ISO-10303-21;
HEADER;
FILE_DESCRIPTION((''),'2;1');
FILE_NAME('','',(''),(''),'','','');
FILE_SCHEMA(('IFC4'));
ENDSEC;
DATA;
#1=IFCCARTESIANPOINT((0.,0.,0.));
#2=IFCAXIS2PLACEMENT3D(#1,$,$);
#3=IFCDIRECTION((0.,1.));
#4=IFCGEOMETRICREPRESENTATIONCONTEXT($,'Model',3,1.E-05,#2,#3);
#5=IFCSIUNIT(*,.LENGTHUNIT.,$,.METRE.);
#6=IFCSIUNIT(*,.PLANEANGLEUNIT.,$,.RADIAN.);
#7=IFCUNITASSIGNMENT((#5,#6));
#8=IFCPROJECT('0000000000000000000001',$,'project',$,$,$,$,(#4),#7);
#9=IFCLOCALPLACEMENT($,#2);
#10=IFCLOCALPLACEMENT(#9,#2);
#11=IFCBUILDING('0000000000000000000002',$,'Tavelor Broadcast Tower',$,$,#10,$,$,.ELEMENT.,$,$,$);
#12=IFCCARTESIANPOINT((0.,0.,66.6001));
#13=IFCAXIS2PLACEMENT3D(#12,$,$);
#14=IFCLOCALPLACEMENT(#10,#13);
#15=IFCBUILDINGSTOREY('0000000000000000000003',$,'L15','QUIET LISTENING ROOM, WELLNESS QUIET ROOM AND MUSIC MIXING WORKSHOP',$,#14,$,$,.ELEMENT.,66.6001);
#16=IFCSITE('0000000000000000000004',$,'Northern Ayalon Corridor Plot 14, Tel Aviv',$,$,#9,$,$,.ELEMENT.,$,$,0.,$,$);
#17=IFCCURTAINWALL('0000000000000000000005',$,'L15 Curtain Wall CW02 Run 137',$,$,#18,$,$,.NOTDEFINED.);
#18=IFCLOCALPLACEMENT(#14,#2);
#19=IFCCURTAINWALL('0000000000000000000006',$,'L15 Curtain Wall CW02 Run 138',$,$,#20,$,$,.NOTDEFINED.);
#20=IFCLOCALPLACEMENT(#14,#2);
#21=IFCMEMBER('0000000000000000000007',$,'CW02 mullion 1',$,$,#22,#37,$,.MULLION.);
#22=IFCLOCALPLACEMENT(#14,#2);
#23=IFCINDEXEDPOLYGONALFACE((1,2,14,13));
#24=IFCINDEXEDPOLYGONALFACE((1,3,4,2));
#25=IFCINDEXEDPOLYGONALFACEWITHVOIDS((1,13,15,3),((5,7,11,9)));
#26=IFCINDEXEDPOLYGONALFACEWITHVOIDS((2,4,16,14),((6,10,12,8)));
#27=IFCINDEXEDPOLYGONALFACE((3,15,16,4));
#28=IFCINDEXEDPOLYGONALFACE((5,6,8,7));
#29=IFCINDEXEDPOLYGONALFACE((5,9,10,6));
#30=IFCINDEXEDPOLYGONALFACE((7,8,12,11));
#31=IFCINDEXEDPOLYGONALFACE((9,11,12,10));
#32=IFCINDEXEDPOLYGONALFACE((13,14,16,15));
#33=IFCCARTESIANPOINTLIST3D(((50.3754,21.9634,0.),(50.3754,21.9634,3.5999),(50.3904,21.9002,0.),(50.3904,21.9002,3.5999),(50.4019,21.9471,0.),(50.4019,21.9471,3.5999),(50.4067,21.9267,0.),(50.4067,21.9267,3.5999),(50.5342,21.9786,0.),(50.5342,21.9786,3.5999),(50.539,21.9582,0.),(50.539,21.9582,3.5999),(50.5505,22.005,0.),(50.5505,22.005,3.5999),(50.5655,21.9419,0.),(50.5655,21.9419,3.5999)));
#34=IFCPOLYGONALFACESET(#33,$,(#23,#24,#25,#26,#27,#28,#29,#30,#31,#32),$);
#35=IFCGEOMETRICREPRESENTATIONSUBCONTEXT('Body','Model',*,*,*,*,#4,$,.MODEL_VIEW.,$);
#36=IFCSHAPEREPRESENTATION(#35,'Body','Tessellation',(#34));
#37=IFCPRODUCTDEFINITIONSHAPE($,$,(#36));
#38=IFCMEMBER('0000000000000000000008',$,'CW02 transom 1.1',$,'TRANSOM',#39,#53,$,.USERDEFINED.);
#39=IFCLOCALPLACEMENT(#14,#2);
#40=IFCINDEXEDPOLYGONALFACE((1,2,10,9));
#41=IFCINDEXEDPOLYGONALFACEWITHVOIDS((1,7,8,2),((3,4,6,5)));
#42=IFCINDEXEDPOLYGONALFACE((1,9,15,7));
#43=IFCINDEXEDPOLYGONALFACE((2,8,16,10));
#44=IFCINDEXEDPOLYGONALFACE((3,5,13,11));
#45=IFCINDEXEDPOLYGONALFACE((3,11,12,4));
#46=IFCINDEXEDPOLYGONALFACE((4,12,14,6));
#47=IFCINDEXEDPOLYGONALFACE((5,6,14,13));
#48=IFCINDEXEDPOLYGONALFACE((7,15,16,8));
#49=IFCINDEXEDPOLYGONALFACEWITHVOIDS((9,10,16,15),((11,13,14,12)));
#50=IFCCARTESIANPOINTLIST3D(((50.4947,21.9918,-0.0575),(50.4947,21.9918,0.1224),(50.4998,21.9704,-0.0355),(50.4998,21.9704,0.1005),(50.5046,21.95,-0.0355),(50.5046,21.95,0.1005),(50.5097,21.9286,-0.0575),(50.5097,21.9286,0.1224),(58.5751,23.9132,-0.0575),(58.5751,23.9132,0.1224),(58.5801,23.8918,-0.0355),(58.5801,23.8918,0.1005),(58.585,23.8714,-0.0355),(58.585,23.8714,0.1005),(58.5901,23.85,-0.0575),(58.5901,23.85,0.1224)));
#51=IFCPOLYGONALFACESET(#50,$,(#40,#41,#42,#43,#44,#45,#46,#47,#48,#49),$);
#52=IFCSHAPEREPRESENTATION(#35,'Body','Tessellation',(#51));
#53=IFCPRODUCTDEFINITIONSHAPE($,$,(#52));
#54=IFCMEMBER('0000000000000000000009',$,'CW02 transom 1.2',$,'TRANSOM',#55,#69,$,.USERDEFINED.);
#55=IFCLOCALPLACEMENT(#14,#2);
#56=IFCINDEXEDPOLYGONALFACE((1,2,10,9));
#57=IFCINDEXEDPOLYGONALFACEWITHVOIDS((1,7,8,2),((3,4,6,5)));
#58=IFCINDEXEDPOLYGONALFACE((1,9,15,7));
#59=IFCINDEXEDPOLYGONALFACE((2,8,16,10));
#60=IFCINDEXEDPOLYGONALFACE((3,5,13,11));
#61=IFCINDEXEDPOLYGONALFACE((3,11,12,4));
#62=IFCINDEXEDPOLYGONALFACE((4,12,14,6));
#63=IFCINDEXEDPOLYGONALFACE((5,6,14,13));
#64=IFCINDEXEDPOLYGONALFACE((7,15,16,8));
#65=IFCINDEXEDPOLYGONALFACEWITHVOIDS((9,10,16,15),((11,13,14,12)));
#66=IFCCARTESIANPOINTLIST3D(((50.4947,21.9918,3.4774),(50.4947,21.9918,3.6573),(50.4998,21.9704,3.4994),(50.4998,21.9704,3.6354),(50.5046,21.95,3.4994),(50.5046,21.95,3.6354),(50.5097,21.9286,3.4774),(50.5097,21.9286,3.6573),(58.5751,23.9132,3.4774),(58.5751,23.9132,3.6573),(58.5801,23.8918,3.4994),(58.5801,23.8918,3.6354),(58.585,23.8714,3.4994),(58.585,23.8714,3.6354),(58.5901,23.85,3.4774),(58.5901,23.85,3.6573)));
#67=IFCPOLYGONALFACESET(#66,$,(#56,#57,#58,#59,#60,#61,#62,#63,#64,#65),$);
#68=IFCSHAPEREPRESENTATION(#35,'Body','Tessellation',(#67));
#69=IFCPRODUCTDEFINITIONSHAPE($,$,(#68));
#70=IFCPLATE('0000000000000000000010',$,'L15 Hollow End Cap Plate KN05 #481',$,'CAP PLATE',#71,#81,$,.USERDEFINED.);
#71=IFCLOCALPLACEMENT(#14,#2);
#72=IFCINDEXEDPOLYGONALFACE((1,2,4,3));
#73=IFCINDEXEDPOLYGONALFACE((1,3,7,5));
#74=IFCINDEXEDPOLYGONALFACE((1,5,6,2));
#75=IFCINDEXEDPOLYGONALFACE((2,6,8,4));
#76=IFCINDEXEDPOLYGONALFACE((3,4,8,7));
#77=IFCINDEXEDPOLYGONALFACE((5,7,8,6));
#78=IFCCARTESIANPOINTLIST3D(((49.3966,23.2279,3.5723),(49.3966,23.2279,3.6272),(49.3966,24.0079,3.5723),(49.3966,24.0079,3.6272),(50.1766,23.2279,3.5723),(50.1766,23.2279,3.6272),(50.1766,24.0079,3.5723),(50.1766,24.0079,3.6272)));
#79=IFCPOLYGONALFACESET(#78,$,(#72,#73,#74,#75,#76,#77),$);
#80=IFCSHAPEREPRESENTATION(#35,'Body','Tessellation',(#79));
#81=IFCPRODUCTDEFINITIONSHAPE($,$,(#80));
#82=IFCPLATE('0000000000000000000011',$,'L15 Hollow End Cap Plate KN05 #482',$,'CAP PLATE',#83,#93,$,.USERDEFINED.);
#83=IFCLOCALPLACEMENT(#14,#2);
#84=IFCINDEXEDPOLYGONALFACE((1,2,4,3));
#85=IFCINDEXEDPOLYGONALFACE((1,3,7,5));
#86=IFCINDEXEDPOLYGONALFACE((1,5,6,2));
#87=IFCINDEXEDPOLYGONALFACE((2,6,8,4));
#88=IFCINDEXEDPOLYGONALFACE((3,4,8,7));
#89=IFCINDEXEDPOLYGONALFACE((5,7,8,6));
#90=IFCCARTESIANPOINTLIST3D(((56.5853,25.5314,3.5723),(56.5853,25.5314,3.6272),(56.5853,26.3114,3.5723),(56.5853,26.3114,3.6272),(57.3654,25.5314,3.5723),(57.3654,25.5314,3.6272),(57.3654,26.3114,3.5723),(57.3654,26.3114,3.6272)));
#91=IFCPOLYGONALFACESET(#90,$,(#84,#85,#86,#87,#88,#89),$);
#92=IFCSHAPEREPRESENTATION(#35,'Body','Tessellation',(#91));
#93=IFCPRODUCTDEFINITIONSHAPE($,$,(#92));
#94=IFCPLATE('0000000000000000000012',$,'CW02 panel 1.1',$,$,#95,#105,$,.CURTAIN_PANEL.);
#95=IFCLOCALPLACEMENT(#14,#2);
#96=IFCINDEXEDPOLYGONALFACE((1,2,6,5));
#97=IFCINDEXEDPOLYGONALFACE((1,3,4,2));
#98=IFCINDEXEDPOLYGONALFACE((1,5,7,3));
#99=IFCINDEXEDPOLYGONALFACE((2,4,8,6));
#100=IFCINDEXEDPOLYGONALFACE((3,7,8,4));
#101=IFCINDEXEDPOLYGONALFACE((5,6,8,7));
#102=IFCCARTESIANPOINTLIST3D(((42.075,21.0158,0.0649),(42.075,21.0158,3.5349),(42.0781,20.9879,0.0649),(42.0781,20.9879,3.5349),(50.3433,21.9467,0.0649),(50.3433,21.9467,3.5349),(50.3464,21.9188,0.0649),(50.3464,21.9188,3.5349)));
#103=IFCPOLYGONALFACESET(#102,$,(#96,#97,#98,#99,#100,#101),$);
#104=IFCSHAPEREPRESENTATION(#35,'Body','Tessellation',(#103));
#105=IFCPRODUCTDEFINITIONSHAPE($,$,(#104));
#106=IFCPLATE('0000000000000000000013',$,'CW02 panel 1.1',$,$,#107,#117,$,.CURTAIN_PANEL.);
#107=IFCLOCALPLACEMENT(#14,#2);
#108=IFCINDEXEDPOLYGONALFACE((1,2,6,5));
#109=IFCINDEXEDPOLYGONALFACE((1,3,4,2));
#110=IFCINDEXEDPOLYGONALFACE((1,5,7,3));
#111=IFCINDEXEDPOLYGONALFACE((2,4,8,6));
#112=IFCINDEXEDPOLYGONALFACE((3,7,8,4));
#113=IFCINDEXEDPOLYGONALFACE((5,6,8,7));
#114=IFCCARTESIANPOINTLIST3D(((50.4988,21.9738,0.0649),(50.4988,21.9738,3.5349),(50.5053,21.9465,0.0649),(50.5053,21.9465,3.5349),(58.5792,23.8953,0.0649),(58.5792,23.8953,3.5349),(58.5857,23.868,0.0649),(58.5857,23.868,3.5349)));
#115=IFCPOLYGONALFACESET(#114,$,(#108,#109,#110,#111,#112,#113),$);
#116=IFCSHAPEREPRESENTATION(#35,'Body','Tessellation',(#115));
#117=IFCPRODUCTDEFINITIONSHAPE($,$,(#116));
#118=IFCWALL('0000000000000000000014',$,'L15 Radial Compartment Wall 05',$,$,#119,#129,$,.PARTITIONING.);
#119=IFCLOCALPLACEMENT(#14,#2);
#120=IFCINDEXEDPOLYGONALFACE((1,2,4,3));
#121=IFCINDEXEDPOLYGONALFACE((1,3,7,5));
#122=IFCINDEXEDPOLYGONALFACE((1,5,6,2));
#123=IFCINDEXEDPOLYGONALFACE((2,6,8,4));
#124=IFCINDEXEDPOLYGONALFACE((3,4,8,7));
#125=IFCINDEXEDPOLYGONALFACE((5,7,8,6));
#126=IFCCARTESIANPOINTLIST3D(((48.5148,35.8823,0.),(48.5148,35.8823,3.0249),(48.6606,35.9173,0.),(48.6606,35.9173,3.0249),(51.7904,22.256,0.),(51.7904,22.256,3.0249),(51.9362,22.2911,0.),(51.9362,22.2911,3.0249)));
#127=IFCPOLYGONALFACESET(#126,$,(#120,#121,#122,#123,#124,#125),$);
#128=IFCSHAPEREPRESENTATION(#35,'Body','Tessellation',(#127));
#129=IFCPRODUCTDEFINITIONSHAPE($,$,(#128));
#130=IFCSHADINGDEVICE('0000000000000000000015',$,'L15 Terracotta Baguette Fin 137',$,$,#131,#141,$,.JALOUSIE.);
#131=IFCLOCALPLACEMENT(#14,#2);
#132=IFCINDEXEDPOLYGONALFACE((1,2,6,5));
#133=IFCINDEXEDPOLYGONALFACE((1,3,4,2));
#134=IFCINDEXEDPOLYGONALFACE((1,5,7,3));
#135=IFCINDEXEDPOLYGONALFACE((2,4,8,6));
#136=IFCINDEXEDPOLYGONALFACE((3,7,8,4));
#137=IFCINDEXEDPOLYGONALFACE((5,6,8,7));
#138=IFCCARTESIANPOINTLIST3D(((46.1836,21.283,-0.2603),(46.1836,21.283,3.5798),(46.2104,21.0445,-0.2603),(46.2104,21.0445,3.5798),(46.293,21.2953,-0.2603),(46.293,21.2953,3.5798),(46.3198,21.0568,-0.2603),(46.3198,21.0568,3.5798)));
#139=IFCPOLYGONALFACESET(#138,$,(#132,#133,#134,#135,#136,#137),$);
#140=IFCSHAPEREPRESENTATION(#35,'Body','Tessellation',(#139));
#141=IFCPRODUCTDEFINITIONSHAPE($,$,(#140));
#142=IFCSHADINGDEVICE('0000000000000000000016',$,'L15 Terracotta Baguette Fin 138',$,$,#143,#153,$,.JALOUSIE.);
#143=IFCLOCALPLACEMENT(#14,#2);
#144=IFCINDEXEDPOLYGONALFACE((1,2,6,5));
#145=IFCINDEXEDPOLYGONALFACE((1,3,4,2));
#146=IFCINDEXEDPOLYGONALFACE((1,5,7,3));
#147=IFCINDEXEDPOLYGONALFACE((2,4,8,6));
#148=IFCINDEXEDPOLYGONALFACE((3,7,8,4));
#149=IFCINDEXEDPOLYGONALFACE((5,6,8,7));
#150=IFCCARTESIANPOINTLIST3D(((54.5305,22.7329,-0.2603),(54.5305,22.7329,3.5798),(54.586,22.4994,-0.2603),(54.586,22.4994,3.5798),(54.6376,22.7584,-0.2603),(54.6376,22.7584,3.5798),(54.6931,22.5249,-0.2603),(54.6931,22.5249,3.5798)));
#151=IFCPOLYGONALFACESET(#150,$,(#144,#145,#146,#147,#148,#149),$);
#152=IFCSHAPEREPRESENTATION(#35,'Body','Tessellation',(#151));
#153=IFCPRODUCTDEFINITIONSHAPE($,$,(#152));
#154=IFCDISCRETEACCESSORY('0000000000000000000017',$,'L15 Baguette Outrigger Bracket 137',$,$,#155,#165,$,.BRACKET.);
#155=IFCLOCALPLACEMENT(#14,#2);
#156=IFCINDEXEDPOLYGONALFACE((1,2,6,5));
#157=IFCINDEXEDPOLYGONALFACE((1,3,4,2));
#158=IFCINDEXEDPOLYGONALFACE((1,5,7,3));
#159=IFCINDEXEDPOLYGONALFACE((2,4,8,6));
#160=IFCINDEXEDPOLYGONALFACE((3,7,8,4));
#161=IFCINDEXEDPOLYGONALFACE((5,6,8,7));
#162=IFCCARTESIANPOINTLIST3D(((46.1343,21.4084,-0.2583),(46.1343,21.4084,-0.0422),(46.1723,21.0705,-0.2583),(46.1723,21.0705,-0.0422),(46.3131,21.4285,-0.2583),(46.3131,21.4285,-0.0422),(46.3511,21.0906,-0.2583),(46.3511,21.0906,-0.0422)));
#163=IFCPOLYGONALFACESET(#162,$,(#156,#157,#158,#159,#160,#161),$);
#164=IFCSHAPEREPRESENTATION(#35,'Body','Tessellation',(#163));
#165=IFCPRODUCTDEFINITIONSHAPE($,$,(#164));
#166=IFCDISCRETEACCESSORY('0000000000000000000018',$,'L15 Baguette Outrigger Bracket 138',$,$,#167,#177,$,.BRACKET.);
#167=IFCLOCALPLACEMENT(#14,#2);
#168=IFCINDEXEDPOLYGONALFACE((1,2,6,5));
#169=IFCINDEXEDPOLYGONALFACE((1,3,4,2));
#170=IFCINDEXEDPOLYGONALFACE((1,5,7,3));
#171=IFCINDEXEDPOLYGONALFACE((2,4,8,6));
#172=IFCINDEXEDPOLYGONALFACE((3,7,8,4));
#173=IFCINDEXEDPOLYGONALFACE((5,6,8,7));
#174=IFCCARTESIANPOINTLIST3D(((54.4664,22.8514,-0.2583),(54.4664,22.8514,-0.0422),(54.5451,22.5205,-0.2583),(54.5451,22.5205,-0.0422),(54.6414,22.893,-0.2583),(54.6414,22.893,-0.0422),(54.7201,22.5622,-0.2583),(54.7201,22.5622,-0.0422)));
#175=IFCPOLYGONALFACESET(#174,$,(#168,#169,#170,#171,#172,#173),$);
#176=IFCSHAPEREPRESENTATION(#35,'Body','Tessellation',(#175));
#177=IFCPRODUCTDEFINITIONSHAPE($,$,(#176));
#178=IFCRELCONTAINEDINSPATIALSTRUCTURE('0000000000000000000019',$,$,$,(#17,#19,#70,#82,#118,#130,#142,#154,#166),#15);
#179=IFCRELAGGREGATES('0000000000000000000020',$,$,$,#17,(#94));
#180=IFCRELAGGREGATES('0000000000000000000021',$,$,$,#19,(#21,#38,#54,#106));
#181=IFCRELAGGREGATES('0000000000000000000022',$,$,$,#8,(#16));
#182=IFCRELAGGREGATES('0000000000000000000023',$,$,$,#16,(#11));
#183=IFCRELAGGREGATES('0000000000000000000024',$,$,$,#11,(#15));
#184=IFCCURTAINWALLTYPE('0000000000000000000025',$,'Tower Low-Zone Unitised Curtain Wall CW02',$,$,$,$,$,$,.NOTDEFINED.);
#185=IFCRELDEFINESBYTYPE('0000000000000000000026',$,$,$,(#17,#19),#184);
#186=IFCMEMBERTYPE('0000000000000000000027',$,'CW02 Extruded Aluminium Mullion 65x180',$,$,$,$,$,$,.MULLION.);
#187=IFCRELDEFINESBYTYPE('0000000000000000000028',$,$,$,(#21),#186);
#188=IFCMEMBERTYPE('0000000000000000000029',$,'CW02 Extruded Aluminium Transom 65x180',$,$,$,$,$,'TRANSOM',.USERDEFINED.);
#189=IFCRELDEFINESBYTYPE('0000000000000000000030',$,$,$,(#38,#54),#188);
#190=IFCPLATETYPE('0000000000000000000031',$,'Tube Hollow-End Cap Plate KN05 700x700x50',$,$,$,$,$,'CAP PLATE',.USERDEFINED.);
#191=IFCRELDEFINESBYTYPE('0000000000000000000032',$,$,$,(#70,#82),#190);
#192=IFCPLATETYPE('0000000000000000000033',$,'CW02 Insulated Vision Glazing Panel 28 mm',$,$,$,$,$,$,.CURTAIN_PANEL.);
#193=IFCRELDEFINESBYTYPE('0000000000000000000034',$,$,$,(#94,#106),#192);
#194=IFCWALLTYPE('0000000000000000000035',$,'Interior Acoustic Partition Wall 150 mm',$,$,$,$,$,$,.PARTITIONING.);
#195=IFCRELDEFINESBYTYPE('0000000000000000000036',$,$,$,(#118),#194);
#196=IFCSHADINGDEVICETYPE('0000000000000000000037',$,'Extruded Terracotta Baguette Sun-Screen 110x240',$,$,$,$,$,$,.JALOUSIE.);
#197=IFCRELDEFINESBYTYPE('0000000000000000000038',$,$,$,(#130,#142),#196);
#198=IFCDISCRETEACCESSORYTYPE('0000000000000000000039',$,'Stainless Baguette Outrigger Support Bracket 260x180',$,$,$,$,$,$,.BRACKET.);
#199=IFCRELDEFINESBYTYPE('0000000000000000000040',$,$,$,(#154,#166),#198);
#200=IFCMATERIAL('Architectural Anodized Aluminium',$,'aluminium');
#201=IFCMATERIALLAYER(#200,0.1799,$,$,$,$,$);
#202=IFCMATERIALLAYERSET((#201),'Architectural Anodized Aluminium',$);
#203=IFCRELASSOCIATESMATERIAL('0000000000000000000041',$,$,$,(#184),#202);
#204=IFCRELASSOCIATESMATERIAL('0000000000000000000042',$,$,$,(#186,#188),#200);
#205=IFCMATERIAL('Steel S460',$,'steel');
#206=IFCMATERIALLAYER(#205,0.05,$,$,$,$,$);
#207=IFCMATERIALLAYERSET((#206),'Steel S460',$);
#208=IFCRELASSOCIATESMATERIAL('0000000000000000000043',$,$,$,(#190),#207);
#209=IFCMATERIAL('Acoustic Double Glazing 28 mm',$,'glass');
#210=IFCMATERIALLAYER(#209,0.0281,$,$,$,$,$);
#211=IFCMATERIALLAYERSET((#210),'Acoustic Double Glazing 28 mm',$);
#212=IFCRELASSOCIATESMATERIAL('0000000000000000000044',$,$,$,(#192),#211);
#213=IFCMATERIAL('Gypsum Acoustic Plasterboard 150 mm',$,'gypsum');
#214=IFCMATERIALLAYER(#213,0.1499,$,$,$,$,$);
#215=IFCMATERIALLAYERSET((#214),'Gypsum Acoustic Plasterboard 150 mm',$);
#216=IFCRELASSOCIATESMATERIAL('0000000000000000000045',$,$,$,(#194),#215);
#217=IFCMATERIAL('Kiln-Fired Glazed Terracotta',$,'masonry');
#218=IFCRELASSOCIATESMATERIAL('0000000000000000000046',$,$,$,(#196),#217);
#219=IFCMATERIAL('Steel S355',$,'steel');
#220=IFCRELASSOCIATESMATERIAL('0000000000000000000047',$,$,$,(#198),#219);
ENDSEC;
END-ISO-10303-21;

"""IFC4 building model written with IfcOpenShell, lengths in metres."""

from ifc_helpers import new_model, si_unit, direction, frame, frame_2d, origin, origin_2d, place, context, subcontext, project, spatial, rectangle, hollow_rectangle, extrude, source, transform, mapped, material, layer, layer_set, material_profile, profile_set, type_object, type_shapes, element, aggregate, save


model = new_model("IFC4")

# Units and contexts
model_context = context("Model", 3, precision=1e-05, world=origin(), true_north=direction((0.0, 1.0)))
body_context = subcontext(model_context, "Body", "Model", "MODEL_VIEW")
ifc_project = project(units=[si_unit("LENGTHUNIT", "METRE"), si_unit("PLANEANGLEUNIT", "RADIAN")], contexts=[model_context])

# Site, building, storey
site_placement = place(None, origin())
site = spatial("IfcSite", under=ifc_project, at=site_placement, Name="Northern Ayalon Corridor Plot 14, Tel Aviv", CompositionType="ELEMENT", RefElevation=0.0)
building_placement = place(site_placement, origin())
building = spatial("IfcBuilding", under=site, at=building_placement, Name="Tavelor Broadcast Tower", CompositionType="ELEMENT")
storey_placement = place(building_placement, frame((0.0, 0.0, 66.6001)))
storey = spatial("IfcBuildingStorey", under=building, at=storey_placement, Name="L15", Description="QUIET LISTENING ROOM, WELLNESS QUIET ROOM AND MUSIC MIXING WORKSHOP", CompositionType="ELEMENT", Elevation=66.6001)

# Shared definitions
ifc_material_1 = material(Name="Steel S460", Category="steel")

# Shared definitions
ifc_material_2 = material(Name="Steel S355", Category="steel")

# Curtain wall
ifc_material_3 = material(Name="Architectural Anodized Aluminium", Category="aluminium")
ifc_layer_1 = layer(ifc_material_3, 0.1799)
ifc_layer_set_1 = layer_set([ifc_layer_1], Name="Architectural Anodized Aluminium")
curtain_wall_type = type_object("IfcCurtainWallType", Name="Tower Low-Zone Unitised Curtain Wall CW02", PredefinedType="NOTDEFINED", material=ifc_layer_set_1)
curtain_wall_1_placement = place(storey_placement, origin())
curtain_wall_1 = element("IfcCurtainWall", 1, at=curtain_wall_1_placement, inside=storey, type_object=curtain_wall_type, Name="L15 Curtain Wall CW02 Run 137", PredefinedType="NOTDEFINED")
ifc_material_profile_1 = material_profile(ifc_material_3, hollow_rectangle(XDim=0.0649, YDim=0.1799, WallThickness=0.022, at=origin_2d()), Name="RHS 65x180x22")
ifc_profile_set_1 = profile_set([ifc_material_profile_1], Name="Architectural Anodized Aluminium")
member_type_1 = type_object("IfcMemberType", Name="CW02 Extruded Aluminium Mullion 65x180", PredefinedType="MULLION", material=ifc_profile_set_1)
shared_shape_1 = source(origin(), body_context, "Body", "SweptSolid", [
    extrude(hollow_rectangle(XDim=0.0649, YDim=0.1799, WallThickness=0.022, at=origin_2d()), origin(), (0.0, 0.0, 1.0), 3.5999),
])
type_shapes(member_type_1, [shared_shape_1])

# Curtain wall, members
curtain_wall_2_placement = place(storey_placement, origin())
curtain_wall_2 = element("IfcCurtainWall", 2, at=curtain_wall_2_placement, inside=storey, type_object=curtain_wall_type, Name="L15 Curtain Wall CW02 Run 138", PredefinedType="NOTDEFINED")
member_1_placement = place(storey_placement, frame((50.4705, 21.9526, 0.0), z_axis=(0.0, 0.0, 1.0), x_axis=(-0.23134, 0.972873, 0.0)))
member_1 = element("IfcMember", 3, at=member_1_placement, type_object=member_type_1, Name="CW02 mullion 1", PredefinedType="MULLION", context=body_context, shape_type="MappedRepresentation", body=[
    mapped(shared_shape_1, transform((0.0, 0.0, 0.0), scale=1.0)),
])
ifc_material_profile_2 = material_profile(ifc_material_3, hollow_rectangle(XDim=0.0649, YDim=0.1799, WallThickness=0.022, at=origin_2d()), Name="RHS 65x180x22")
ifc_profile_set_2 = profile_set([ifc_material_profile_2], Name="Architectural Anodized Aluminium")
member_type_2 = type_object("IfcMemberType", Name="CW02 Extruded Aluminium Transom 65x180", ElementType="TRANSOM", PredefinedType="USERDEFINED", material=ifc_profile_set_2)
shared_shape_2 = source(origin(), body_context, "Body", "SweptSolid", [
    extrude(hollow_rectangle(XDim=0.0649, YDim=0.1799, WallThickness=0.022, at=origin_2d()), origin(), (0.0, 0.0, 1.0), 8.3057),
])
type_shapes(member_type_2, [shared_shape_2])
member_2_placement = place(storey_placement, frame((50.5022, 21.9602, 0.0325), z_axis=(0.972874, 0.231336, 0.0), x_axis=(-0.231336, 0.972874, 0.0)))
member_2 = element("IfcMember", 4, at=member_2_placement, type_object=member_type_2, Name="CW02 transom 1.1", ObjectType="TRANSOM", PredefinedType="USERDEFINED", context=body_context, shape_type="MappedRepresentation", body=[
    mapped(shared_shape_2, transform((0.0, 0.0, 0.0), scale=1.0)),
])
member_3_placement = place(storey_placement, frame((50.5022, 21.9602, 3.5674), z_axis=(0.972874, 0.231336, 0.0), x_axis=(-0.231336, 0.972874, 0.0)))
member_3 = element("IfcMember", 5, at=member_3_placement, type_object=member_type_2, Name="CW02 transom 1.2", ObjectType="TRANSOM", PredefinedType="USERDEFINED", context=body_context, shape_type="MappedRepresentation", body=[
    mapped(shared_shape_2, transform((0.0, 0.0, 0.0), scale=1.0)),
])

# Plates
ifc_layer_2 = layer(ifc_material_1, 0.05)
ifc_layer_set_2 = layer_set([ifc_layer_2], Name="Steel S460")
plate_type_1 = type_object("IfcPlateType", Name="Tube Hollow-End Cap Plate KN05 700x700x50", ElementType="CAP PLATE", PredefinedType="USERDEFINED", material=ifc_layer_set_2)
shared_shape_3 = source(origin(), body_context, "Body", "SweptSolid", [
    extrude(rectangle(XDim=0.78, YDim=0.78, at=origin_2d()), origin(), (0.0, 0.0, 1.0), 0.0549),
])
type_shapes(plate_type_1, [shared_shape_3])
for number, where, z_axis, x_axis, name in (
    (6, (49.7866, 23.6179, 3.5723), (0.0, 0.0, 1.0), (1.0, 0.0, 0.0), "L15 Hollow End Cap Plate KN05 #481"),
    (7, (56.9753, 25.9214, 3.5723), (0.0, 0.0, 1.0), (1.0, 0.0, 0.0), "L15 Hollow End Cap Plate KN05 #482"),
):
    element("IfcPlate", number, at=place(storey_placement, frame(where, z_axis=z_axis, x_axis=x_axis)), inside=storey, type_object=plate_type_1, Name=name, ObjectType="CAP PLATE", PredefinedType="USERDEFINED", context=body_context, shape_type="MappedRepresentation", body=[
        mapped(shared_shape_3, transform((0.0, 0.0, 0.0), scale=1.0)),
    ])

# Plates
ifc_material_4 = material(Name="Acoustic Double Glazing 28 mm", Category="glass")
ifc_layer_3 = layer(ifc_material_4, 0.0281)
ifc_layer_set_3 = layer_set([ifc_layer_3], Name="Acoustic Double Glazing 28 mm")
plate_type_2 = type_object("IfcPlateType", Name="CW02 Insulated Vision Glazing Panel 28 mm", PredefinedType="CURTAIN_PANEL", material=ifc_layer_set_3)
shared_shape_4 = source(origin(), body_context, "Body", "SweptSolid", [
    extrude(rectangle(XDim=8.3206, YDim=0.0281, at=origin_2d()), origin(), (0.0, 0.0, 1.0), 3.47),
])
plate_1_placement = place(storey_placement, frame((46.2107, 21.4673, 0.0649), z_axis=(0.0, 0.0, 1.0), x_axis=(0.993721, 0.111886, 0.0)))
plate_1 = element("IfcPlate", 8, at=plate_1_placement, type_object=plate_type_2, Name="CW02 panel 1.1", PredefinedType="CURTAIN_PANEL", context=body_context, shape_type="MappedRepresentation", body=[
    mapped(shared_shape_4, transform((0.0, 0.0, 0.0), scale=1.0)),
])
aggregate(curtain_wall_1, [plate_1])
shared_shape_5 = source(origin(), body_context, "Body", "SweptSolid", [
    extrude(rectangle(XDim=8.3057, YDim=0.0281, at=origin_2d()), origin(), (0.0, 0.0, 1.0), 3.47),
])
type_shapes(plate_type_2, [shared_shape_4, shared_shape_5])
plate_2_placement = place(storey_placement, frame((54.5422, 22.9209, 0.0649), z_axis=(0.0, 0.0, 1.0), x_axis=(0.972873, 0.23134, 0.0)))
plate_2 = element("IfcPlate", 9, at=plate_2_placement, type_object=plate_type_2, Name="CW02 panel 1.1", PredefinedType="CURTAIN_PANEL", context=body_context, shape_type="MappedRepresentation", body=[
    mapped(shared_shape_5, transform((0.0, 0.0, 0.0), scale=1.0)),
])
aggregate(curtain_wall_2, [member_1, member_2, member_3, plate_2])

# Wall
ifc_material_5 = material(Name="Gypsum Acoustic Plasterboard 150 mm", Category="gypsum")
ifc_layer_4 = layer(ifc_material_5, 0.1499)
ifc_layer_set_4 = layer_set([ifc_layer_4], Name="Gypsum Acoustic Plasterboard 150 mm")
wall_type = type_object("IfcWallType", Name="Interior Acoustic Partition Wall 150 mm", PredefinedType="PARTITIONING", material=ifc_layer_set_4)
wall_placement = place(storey_placement, frame((48.5876, 35.8999, 0.0), z_axis=(0.0, 0.0, 1.0), x_axis=(0.233733, -0.972301, 0.0)))
element("IfcWall", 10, at=wall_placement, inside=storey, type_object=wall_type, Name="L15 Radial Compartment Wall 05", PredefinedType="PARTITIONING", context=body_context, shape_type="SweptSolid", body=[
    extrude(rectangle(XDim=14.0144, YDim=0.1499, at=frame_2d((7.0073, 0.0))), origin(), (0.0, 0.0, 1.0), 3.0249),
])

# Shading devices
ifc_material_6 = material(Name="Kiln-Fired Glazed Terracotta", Category="masonry")
shading_device_type = type_object("IfcShadingDeviceType", Name="Extruded Terracotta Baguette Sun-Screen 110x240", PredefinedType="JALOUSIE", material=ifc_material_6)
shared_shape_6 = source(origin(), body_context, "Body", "SweptSolid", [
    extrude(rectangle(XDim=0.1101, YDim=0.24, at=origin_2d()), origin(), (0.0, 0.0, 1.0), 3.8401),
])
type_shapes(shading_device_type, [shared_shape_6])
for number, where, z_axis, x_axis, name in (
    (11, (46.2517, 21.1699, -0.2603), (0.0, 0.0, 1.0), (0.993729, 0.111816, 0.0), "L15 Terracotta Baguette Fin 137"),
    (12, (54.6118, 22.6289, -0.2603), (0.0, 0.0, 1.0), (0.972857, 0.231408, 0.0), "L15 Terracotta Baguette Fin 138"),
):
    element("IfcShadingDevice", number, at=place(storey_placement, frame(where, z_axis=z_axis, x_axis=x_axis)), inside=storey, type_object=shading_device_type, Name=name, PredefinedType="JALOUSIE", context=body_context, shape_type="MappedRepresentation", body=[
        mapped(shared_shape_6, transform((0.0, 0.0, 0.0), scale=1.0)),
    ])

# Discrete accessories
discrete_accessory_type = type_object("IfcDiscreteAccessoryType", Name="Stainless Baguette Outrigger Support Bracket 260x180", PredefinedType="BRACKET", material=ifc_material_2)
shared_shape_7 = source(origin(), body_context, "Body", "SweptSolid", [
    extrude(rectangle(XDim=0.1799, YDim=0.3401, at=origin_2d()), origin(), (0.0, 0.0, 1.0), 0.2161),
])
type_shapes(discrete_accessory_type, [shared_shape_7])
for number, where, z_axis, x_axis, name in (
    (13, (46.2427, 21.2495, -0.2583), (0.0, 0.0, 1.0), (0.993729, 0.111816, 0.0), "L15 Baguette Outrigger Bracket 137"),
    (14, (54.5933, 22.7068, -0.2583), (0.0, 0.0, 1.0), (0.972857, 0.231408, 0.0), "L15 Baguette Outrigger Bracket 138"),
):
    element("IfcDiscreteAccessory", number, at=place(storey_placement, frame(where, z_axis=z_axis, x_axis=x_axis)), inside=storey, type_object=discrete_accessory_type, Name=name, PredefinedType="BRACKET", context=body_context, shape_type="MappedRepresentation", body=[
        mapped(shared_shape_7, transform((0.0, 0.0, 0.0), scale=1.0)),
    ])

save(model, "model.ifc")
